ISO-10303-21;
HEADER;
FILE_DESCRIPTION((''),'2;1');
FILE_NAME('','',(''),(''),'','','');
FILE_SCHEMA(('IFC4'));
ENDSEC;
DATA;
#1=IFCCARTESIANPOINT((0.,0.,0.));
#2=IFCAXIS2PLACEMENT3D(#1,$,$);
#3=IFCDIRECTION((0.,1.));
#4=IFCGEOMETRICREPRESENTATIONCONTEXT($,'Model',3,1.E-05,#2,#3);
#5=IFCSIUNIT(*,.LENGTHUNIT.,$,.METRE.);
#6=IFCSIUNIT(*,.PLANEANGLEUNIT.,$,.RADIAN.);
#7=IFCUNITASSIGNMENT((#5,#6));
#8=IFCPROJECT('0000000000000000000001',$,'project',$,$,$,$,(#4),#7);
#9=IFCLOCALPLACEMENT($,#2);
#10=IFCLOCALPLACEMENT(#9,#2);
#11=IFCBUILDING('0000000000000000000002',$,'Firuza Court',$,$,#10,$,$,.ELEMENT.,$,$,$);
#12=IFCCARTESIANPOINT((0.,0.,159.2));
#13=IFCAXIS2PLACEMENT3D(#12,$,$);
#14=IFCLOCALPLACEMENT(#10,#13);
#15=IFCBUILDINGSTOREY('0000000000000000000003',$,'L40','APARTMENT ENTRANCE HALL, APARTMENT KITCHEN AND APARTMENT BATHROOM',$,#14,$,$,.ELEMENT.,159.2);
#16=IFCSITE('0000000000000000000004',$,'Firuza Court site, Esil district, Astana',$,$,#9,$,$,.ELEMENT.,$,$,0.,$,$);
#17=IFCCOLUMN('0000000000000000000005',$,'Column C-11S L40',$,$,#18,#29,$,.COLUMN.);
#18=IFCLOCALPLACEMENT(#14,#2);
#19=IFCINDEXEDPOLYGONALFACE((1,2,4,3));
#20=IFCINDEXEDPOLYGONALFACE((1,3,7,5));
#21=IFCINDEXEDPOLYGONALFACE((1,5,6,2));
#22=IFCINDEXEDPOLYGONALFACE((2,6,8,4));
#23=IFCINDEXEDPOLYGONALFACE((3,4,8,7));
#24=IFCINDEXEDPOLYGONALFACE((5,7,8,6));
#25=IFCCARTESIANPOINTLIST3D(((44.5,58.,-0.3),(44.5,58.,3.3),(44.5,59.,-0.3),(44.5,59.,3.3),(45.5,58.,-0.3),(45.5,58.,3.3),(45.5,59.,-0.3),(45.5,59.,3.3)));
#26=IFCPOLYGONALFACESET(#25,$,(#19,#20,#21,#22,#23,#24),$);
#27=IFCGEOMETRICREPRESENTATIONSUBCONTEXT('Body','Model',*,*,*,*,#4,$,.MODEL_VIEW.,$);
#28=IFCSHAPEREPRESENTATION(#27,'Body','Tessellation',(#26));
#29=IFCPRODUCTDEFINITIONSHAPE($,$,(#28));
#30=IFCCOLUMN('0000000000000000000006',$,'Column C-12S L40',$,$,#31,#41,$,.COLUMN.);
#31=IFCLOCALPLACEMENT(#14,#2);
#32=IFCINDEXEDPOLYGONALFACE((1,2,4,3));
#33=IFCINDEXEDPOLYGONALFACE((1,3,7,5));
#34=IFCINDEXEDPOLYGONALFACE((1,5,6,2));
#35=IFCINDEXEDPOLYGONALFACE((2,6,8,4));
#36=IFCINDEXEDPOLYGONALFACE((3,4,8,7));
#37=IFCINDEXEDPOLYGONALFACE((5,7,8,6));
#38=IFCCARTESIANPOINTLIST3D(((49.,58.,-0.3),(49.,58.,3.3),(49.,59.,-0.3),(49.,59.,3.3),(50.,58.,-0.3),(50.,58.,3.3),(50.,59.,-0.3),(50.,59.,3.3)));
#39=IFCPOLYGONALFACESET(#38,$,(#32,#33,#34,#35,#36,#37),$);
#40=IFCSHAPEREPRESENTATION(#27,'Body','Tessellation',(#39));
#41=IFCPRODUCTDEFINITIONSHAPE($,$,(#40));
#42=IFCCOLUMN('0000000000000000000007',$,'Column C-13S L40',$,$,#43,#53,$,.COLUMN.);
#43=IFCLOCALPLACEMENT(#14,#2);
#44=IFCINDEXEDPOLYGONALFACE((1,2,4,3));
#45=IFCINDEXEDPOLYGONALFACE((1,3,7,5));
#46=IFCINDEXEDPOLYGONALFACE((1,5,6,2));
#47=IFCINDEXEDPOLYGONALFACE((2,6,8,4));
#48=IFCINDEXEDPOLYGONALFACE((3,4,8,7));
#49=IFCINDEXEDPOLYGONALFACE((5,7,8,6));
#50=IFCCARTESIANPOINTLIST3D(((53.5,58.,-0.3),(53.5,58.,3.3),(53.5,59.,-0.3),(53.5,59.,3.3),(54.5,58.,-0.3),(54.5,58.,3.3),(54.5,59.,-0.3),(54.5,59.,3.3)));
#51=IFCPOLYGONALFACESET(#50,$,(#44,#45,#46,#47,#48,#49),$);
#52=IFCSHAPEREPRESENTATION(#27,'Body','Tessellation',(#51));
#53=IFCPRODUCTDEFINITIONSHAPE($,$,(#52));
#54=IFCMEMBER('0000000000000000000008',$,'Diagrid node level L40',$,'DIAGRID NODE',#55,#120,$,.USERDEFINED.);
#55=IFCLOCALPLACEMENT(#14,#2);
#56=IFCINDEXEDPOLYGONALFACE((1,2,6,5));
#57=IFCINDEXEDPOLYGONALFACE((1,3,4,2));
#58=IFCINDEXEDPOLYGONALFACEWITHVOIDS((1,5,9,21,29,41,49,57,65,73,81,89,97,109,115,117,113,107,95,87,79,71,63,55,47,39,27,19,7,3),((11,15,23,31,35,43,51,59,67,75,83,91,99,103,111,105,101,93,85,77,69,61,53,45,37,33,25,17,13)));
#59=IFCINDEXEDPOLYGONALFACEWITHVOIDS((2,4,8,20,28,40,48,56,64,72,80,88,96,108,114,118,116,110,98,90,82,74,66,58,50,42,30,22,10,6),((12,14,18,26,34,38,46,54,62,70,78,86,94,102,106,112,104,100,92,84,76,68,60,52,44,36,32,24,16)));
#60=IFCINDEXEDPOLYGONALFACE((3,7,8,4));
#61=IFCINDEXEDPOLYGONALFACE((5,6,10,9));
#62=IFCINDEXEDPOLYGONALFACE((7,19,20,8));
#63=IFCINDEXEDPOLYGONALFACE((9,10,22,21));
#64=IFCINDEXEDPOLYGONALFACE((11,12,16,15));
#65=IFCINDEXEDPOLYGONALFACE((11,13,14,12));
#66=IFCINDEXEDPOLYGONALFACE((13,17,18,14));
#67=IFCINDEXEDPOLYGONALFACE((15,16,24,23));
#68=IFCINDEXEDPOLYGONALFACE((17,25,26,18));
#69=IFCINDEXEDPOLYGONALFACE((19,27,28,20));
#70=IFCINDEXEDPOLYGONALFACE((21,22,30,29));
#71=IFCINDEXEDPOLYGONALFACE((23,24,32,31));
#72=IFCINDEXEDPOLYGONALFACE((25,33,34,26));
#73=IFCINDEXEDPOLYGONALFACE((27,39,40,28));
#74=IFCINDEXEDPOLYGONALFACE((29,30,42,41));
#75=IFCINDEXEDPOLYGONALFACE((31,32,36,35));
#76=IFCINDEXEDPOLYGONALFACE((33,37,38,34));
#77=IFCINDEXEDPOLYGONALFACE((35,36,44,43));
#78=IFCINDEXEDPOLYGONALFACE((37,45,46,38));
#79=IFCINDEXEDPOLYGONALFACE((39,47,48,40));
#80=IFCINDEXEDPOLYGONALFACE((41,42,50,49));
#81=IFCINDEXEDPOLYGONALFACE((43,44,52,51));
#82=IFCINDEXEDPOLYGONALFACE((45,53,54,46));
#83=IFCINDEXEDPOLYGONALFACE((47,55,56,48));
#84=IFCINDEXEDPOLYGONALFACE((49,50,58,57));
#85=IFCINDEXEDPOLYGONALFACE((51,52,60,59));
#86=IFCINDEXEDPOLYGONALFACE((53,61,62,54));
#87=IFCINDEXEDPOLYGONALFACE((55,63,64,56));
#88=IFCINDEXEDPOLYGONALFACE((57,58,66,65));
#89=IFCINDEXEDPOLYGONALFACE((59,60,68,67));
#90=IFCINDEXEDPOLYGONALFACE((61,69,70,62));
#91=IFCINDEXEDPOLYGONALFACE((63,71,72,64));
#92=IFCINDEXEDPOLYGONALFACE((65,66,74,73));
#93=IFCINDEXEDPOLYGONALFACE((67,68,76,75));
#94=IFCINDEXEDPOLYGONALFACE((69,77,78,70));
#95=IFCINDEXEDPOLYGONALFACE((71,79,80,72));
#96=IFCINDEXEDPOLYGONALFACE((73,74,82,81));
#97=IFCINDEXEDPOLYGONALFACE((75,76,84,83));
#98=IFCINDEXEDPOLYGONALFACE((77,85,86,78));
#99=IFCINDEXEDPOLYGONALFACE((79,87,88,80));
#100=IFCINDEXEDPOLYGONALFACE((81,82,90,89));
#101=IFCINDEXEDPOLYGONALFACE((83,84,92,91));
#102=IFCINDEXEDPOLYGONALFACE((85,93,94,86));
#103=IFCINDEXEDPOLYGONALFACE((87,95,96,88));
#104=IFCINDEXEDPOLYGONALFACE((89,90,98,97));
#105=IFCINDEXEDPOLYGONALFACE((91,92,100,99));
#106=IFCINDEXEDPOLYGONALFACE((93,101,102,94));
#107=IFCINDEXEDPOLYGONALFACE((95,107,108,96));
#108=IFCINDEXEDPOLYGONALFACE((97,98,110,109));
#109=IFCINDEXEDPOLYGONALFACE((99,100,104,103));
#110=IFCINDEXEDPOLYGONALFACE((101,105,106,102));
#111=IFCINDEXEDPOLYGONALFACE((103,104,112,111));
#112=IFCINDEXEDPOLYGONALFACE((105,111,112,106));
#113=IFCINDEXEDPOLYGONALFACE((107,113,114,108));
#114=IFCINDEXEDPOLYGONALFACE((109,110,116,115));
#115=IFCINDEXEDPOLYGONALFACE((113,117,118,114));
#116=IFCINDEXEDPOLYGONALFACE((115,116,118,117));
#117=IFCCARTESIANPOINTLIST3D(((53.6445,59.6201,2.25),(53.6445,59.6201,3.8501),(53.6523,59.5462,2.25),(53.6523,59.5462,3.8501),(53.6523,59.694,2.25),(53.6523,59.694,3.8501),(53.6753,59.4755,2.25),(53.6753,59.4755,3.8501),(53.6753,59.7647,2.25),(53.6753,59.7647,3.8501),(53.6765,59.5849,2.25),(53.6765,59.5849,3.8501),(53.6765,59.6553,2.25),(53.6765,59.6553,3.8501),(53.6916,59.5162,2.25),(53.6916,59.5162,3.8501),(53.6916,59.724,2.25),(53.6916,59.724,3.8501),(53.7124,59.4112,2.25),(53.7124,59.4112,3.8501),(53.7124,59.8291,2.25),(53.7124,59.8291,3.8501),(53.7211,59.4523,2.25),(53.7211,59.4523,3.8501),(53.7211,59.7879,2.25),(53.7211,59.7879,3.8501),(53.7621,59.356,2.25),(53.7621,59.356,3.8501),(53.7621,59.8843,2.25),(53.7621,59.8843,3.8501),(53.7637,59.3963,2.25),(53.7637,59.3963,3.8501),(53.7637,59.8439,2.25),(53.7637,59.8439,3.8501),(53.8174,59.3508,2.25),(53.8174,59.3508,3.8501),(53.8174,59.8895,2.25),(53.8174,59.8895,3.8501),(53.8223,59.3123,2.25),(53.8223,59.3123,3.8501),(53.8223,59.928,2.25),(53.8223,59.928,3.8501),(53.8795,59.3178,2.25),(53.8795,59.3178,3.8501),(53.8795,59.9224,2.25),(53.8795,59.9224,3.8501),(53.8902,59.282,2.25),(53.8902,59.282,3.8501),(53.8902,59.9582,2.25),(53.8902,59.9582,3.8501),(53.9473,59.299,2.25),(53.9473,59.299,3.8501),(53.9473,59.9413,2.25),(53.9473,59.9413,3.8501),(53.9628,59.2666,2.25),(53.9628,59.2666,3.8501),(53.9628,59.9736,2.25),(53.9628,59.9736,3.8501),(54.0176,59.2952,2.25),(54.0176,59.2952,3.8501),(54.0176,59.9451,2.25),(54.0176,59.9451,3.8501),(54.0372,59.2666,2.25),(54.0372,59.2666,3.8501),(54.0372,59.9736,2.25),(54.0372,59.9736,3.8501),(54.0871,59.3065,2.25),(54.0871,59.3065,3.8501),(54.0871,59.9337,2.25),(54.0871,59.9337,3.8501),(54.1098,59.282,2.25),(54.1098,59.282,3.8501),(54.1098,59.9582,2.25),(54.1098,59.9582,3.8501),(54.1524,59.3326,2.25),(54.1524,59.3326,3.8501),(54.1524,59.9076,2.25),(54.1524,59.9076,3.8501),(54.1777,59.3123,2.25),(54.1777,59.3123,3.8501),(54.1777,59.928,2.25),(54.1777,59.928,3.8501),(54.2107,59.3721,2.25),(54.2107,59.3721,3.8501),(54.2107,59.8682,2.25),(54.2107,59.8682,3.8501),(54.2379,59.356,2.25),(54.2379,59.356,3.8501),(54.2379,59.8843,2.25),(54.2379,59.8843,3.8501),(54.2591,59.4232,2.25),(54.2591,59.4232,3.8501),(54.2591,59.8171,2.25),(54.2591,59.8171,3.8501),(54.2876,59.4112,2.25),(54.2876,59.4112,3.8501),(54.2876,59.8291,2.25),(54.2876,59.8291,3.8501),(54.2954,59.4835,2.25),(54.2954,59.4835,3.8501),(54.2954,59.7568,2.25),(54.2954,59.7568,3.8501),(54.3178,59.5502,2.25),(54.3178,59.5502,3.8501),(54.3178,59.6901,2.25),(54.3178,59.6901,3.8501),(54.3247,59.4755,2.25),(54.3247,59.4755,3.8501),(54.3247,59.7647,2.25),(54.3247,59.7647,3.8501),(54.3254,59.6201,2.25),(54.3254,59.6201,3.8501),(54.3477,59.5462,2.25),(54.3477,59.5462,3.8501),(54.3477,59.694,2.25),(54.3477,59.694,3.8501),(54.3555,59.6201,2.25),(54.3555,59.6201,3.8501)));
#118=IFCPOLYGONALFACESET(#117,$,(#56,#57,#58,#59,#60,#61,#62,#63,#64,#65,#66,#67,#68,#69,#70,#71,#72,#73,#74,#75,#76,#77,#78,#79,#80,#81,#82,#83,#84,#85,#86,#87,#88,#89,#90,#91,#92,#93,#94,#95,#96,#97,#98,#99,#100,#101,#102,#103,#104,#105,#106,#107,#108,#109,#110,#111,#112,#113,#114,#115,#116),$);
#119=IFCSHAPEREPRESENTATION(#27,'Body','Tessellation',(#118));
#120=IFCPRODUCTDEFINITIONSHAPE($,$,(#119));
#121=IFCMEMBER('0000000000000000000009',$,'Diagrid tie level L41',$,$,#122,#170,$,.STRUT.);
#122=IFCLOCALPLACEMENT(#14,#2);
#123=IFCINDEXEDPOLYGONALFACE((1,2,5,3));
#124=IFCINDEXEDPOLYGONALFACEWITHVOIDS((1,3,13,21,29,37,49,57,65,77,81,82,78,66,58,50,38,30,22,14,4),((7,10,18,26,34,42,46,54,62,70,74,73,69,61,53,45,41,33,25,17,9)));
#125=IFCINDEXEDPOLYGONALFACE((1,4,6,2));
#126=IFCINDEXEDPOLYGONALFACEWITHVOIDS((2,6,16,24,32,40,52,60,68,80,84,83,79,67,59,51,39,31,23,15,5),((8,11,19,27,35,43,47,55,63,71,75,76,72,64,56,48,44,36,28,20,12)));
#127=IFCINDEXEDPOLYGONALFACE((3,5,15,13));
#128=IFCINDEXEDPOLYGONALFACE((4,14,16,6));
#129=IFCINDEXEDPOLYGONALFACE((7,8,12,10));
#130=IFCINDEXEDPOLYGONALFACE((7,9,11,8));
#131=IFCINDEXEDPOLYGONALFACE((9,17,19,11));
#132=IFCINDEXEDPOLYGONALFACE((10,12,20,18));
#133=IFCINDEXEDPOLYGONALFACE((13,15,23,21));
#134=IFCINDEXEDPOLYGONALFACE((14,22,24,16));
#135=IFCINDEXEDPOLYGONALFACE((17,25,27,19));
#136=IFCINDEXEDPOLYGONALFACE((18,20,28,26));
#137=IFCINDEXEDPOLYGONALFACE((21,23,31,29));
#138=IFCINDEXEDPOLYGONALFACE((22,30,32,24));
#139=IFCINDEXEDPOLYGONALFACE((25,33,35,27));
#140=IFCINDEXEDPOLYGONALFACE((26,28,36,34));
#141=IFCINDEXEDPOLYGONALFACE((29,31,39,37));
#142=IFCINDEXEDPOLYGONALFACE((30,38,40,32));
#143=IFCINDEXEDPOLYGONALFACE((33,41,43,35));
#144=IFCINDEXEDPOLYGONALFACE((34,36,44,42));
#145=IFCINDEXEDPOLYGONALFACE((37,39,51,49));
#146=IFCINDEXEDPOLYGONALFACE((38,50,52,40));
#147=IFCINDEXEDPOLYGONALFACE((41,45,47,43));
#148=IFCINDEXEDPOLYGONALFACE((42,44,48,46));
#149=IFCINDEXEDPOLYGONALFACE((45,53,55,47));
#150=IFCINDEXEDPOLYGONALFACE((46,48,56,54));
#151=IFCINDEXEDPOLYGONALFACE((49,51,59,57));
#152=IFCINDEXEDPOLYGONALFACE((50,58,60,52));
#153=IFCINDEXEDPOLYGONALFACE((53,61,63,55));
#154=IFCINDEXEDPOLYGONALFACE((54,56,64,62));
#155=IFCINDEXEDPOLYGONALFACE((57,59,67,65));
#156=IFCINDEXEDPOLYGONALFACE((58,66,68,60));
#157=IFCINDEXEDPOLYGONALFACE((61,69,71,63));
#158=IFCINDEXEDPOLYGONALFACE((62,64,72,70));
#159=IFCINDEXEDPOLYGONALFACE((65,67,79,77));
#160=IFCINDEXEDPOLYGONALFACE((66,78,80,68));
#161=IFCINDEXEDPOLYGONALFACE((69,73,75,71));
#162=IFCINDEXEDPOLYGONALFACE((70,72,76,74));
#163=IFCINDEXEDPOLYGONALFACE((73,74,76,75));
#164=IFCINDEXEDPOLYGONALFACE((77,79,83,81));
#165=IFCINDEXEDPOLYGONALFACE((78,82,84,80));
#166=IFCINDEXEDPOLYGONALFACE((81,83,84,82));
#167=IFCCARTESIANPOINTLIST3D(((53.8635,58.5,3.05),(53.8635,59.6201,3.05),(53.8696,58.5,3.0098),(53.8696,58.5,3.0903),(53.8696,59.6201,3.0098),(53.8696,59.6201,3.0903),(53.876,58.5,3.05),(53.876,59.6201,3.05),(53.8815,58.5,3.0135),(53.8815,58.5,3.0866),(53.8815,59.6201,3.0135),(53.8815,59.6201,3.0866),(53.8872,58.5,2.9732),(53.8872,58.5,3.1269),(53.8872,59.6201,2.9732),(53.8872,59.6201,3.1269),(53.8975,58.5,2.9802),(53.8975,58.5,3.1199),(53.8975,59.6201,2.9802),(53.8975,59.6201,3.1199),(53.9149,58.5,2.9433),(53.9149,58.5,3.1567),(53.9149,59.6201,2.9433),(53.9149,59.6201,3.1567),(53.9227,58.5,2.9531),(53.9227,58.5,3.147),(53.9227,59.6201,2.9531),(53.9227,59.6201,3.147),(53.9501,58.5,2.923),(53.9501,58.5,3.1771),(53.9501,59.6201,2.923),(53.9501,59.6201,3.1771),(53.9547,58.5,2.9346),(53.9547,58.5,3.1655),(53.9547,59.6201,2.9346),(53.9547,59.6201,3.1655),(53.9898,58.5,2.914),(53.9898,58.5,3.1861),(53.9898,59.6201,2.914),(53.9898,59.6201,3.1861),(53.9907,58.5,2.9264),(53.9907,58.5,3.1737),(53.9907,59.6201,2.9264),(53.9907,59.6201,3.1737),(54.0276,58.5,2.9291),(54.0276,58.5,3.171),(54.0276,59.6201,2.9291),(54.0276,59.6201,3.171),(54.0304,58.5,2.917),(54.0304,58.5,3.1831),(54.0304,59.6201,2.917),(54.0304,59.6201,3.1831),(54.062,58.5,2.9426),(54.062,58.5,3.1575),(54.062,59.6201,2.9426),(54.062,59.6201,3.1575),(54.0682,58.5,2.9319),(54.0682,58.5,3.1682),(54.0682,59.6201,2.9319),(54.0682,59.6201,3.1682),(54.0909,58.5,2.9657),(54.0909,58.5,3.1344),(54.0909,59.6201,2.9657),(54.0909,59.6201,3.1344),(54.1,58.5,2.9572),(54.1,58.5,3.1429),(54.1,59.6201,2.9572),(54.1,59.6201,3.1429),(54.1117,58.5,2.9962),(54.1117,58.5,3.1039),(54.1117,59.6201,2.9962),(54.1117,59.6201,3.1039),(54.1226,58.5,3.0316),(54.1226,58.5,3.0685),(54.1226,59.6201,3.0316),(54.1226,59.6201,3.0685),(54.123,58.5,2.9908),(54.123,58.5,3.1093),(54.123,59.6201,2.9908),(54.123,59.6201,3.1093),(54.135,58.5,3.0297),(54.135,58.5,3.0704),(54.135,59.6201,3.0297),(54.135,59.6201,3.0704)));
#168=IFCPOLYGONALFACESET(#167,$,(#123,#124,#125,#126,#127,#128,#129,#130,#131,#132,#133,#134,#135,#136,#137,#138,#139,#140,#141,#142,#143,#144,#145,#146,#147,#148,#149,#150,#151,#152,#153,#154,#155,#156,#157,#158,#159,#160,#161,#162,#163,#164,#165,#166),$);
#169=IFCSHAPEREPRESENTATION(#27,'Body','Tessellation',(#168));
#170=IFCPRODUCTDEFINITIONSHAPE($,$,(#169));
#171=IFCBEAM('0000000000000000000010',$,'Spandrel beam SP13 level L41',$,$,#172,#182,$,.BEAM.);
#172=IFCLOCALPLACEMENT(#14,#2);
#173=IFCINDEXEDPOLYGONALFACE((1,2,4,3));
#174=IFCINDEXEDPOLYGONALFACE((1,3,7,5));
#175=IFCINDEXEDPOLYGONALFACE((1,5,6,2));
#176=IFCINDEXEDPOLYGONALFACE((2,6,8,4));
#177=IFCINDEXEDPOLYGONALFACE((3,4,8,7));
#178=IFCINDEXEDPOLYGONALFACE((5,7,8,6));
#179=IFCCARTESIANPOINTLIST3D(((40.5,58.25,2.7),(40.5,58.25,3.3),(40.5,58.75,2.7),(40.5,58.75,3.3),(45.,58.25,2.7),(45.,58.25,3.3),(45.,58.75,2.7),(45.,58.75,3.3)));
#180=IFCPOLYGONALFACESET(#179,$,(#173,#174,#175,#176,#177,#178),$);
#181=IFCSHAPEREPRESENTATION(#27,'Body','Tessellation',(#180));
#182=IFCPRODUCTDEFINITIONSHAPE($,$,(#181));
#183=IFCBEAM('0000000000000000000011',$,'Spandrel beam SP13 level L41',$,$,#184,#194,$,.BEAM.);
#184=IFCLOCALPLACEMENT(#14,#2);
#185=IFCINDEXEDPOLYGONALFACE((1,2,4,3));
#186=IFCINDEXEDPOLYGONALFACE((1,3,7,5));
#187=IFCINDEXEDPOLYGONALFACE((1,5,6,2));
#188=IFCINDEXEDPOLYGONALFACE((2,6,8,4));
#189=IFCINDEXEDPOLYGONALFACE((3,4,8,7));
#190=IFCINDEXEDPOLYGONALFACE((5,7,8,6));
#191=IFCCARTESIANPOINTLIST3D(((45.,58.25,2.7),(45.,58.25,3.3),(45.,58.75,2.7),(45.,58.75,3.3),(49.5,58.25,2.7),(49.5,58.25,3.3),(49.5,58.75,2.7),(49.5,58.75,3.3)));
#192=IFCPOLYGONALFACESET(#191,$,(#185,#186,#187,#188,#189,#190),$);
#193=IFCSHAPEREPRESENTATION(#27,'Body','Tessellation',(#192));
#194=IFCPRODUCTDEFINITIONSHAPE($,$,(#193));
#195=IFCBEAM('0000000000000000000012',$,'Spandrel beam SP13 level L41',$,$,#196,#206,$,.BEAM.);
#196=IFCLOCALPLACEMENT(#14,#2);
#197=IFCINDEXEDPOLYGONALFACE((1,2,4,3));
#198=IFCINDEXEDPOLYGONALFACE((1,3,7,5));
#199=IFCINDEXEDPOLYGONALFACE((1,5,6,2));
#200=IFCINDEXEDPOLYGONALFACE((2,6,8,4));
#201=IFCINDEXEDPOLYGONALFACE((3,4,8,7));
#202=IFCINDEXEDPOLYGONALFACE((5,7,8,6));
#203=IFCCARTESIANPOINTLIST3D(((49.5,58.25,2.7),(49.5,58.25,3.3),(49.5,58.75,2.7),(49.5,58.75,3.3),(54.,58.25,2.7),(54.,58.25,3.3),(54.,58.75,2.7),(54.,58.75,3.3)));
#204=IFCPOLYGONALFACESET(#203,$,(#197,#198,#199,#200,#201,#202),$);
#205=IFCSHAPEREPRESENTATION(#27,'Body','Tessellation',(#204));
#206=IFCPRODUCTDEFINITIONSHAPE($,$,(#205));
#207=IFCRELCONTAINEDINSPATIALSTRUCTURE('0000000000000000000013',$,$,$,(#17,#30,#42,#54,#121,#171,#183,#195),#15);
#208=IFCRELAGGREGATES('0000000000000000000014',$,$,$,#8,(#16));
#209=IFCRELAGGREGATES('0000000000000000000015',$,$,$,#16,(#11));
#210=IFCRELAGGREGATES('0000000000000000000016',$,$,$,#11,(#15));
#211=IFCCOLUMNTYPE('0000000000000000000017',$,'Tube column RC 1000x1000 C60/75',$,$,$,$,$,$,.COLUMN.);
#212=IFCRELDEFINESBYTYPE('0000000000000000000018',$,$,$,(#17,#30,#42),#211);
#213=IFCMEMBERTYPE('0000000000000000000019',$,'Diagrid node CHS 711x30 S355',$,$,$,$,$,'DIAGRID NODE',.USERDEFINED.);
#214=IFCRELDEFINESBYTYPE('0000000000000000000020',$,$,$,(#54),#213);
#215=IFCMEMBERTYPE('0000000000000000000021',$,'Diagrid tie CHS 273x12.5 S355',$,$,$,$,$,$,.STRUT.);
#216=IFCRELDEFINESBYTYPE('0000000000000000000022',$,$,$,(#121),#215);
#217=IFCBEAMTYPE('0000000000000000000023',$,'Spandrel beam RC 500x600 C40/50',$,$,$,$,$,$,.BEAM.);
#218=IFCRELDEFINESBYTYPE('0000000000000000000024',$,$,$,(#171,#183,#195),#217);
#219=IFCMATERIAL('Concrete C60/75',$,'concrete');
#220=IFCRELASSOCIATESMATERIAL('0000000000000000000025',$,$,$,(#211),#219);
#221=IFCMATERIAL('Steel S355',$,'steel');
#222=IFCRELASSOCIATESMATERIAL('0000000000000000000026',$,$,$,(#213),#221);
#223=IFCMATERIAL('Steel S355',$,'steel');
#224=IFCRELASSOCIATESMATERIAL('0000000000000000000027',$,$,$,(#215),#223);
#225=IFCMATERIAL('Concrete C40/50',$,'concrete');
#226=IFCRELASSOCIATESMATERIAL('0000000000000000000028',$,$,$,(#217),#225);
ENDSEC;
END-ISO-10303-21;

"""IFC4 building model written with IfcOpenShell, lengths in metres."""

from ifc_helpers import new_model, si_unit, direction, frame, origin, origin_2d, place, context, subcontext, project, spatial, rectangle, hollow_circle, extrude, material, material_profile, profile_set, type_object, element, save


model = new_model("IFC4")

# Units and contexts
model_context = context("Model", 3, precision=1e-05, world=origin(), true_north=direction((0.0, 1.0)))
body_context = subcontext(model_context, "Body", "Model", "MODEL_VIEW")
ifc_project = project(units=[si_unit("LENGTHUNIT", "METRE"), si_unit("PLANEANGLEUNIT", "RADIAN")], contexts=[model_context])

# Site, building, storey
site_placement = place(None, origin())
site = spatial("IfcSite", under=ifc_project, at=site_placement, Name="Firuza Court site, Esil district, Astana", CompositionType="ELEMENT", RefElevation=0.0)
building_placement = place(site_placement, origin())
building = spatial("IfcBuilding", under=site, at=building_placement, Name="Firuza Court", CompositionType="ELEMENT")
storey_placement = place(building_placement, frame((0.0, 0.0, 159.2)))
storey = spatial("IfcBuildingStorey", under=building, at=storey_placement, Name="L40", Description="APARTMENT ENTRANCE HALL, APARTMENT KITCHEN AND APARTMENT BATHROOM", CompositionType="ELEMENT", Elevation=159.2)

# Columns
ifc_material_1 = material(Name="Concrete C60/75", Category="concrete")
ifc_material_profile_1 = material_profile(ifc_material_1, rectangle(XDim=1.0, YDim=1.0, at=origin_2d()), Name="RC 1000x1000")
ifc_profile_set_1 = profile_set([ifc_material_profile_1], Name="Concrete C60/75")
column_type = type_object("IfcColumnType", Name="Tube column RC 1000x1000 C60/75", PredefinedType="COLUMN", material=ifc_profile_set_1)
for number, where, z_axis, x_axis, name in (
    (1, (45.0, 58.5, -0.3), (0.0, 0.0, 1.0), (1.0, 0.0, 0.0), "Column C-11S L40"),
    (2, (49.5, 58.5, -0.3), (0.0, 0.0, 1.0), (1.0, 0.0, 0.0), "Column C-12S L40"),
    (3, (54.0, 58.5, -0.3), (0.0, 0.0, 1.0), (1.0, 0.0, 0.0), "Column C-13S L40"),
):
    element("IfcColumn", number, at=place(storey_placement, frame(where, z_axis=z_axis, x_axis=x_axis)), inside=storey, type_object=column_type, Name=name, PredefinedType="COLUMN", context=body_context, shape_type="SweptSolid", body=[
        extrude(rectangle(XDim=1.0, YDim=1.0, at=origin_2d()), origin(), (0.0, 0.0, 1.0), 3.6001),
    ])

# Members
ifc_material_2 = material(Name="Steel S355", Category="steel")
ifc_material_profile_2 = material_profile(ifc_material_2, hollow_circle(Radius=0.3555, WallThickness=0.03, at=origin_2d()), Name="CHS 711x30")
ifc_profile_set_2 = profile_set([ifc_material_profile_2], Name="Steel S355")
member_type_1 = type_object("IfcMemberType", Name="Diagrid node CHS 711x30 S355", ElementType="DIAGRID NODE", PredefinedType="USERDEFINED", material=ifc_profile_set_2)
member_1_placement = place(storey_placement, frame((54.0, 59.6201, 2.25), z_axis=(0.0, 0.0, 1.0), x_axis=(1.0, 0.0, 0.0)))
element("IfcMember", 4, at=member_1_placement, inside=storey, type_object=member_type_1, Name="Diagrid node level L40", ObjectType="DIAGRID NODE", PredefinedType="USERDEFINED", context=body_context, shape_type="SweptSolid", body=[
    extrude(hollow_circle(Radius=0.3555, WallThickness=0.03, at=origin_2d()), origin(), (0.0, 0.0, 1.0), 1.6001),
])
ifc_material_3 = material(Name="Steel S355", Category="steel")
ifc_material_profile_3 = material_profile(ifc_material_3, hollow_circle(Radius=0.1365, WallThickness=0.0125, at=origin_2d()), Name="CHS 273x12.5")
ifc_profile_set_3 = profile_set([ifc_material_profile_3], Name="Steel S355")
member_type_2 = type_object("IfcMemberType", Name="Diagrid tie CHS 273x12.5 S355", PredefinedType="STRUT", material=ifc_profile_set_3)
member_2_placement = place(storey_placement, frame((54.0, 58.5, 3.05), z_axis=(0.0, 1.0, 0.0), x_axis=(-1.0, 0.0, 0.0)))
element("IfcMember", 5, at=member_2_placement, inside=storey, type_object=member_type_2, Name="Diagrid tie level L41", PredefinedType="STRUT", context=body_context, shape_type="SweptSolid", body=[
    extrude(hollow_circle(Radius=0.1365, WallThickness=0.0125, at=origin_2d()), origin(), (0.0, 0.0, 1.0), 1.1201),
])

# Beams
ifc_material_4 = material(Name="Concrete C40/50", Category="concrete")
ifc_material_profile_4 = material_profile(ifc_material_4, rectangle(XDim=0.5, YDim=0.6001, at=origin_2d()), Name="RC 500x600")
ifc_profile_set_4 = profile_set([ifc_material_profile_4], Name="Concrete C40/50")
beam_type = type_object("IfcBeamType", Name="Spandrel beam RC 500x600 C40/50", PredefinedType="BEAM", material=ifc_profile_set_4)
for number, where, z_axis, x_axis, name in (
    (6, (45.0, 58.5, 3.0), (-1.0, 0.0, 0.0), (0.0, -1.0, 0.0), "Spandrel beam SP13 level L41"),
    (7, (49.5, 58.5, 3.0), (-1.0, 0.0, 0.0), (0.0, -1.0, 0.0), "Spandrel beam SP13 level L41"),
    (8, (54.0, 58.5, 3.0), (-1.0, 0.0, 0.0), (0.0, -1.0, 0.0), "Spandrel beam SP13 level L41"),
):
    element("IfcBeam", number, at=place(storey_placement, frame(where, z_axis=z_axis, x_axis=x_axis)), inside=storey, type_object=beam_type, Name=name, PredefinedType="BEAM", context=body_context, shape_type="SweptSolid", body=[
        extrude(rectangle(XDim=0.5, YDim=0.6001, at=origin_2d()), origin(), (0.0, 0.0, 1.0), 4.5),
    ])

save(model, "model.ifc")
